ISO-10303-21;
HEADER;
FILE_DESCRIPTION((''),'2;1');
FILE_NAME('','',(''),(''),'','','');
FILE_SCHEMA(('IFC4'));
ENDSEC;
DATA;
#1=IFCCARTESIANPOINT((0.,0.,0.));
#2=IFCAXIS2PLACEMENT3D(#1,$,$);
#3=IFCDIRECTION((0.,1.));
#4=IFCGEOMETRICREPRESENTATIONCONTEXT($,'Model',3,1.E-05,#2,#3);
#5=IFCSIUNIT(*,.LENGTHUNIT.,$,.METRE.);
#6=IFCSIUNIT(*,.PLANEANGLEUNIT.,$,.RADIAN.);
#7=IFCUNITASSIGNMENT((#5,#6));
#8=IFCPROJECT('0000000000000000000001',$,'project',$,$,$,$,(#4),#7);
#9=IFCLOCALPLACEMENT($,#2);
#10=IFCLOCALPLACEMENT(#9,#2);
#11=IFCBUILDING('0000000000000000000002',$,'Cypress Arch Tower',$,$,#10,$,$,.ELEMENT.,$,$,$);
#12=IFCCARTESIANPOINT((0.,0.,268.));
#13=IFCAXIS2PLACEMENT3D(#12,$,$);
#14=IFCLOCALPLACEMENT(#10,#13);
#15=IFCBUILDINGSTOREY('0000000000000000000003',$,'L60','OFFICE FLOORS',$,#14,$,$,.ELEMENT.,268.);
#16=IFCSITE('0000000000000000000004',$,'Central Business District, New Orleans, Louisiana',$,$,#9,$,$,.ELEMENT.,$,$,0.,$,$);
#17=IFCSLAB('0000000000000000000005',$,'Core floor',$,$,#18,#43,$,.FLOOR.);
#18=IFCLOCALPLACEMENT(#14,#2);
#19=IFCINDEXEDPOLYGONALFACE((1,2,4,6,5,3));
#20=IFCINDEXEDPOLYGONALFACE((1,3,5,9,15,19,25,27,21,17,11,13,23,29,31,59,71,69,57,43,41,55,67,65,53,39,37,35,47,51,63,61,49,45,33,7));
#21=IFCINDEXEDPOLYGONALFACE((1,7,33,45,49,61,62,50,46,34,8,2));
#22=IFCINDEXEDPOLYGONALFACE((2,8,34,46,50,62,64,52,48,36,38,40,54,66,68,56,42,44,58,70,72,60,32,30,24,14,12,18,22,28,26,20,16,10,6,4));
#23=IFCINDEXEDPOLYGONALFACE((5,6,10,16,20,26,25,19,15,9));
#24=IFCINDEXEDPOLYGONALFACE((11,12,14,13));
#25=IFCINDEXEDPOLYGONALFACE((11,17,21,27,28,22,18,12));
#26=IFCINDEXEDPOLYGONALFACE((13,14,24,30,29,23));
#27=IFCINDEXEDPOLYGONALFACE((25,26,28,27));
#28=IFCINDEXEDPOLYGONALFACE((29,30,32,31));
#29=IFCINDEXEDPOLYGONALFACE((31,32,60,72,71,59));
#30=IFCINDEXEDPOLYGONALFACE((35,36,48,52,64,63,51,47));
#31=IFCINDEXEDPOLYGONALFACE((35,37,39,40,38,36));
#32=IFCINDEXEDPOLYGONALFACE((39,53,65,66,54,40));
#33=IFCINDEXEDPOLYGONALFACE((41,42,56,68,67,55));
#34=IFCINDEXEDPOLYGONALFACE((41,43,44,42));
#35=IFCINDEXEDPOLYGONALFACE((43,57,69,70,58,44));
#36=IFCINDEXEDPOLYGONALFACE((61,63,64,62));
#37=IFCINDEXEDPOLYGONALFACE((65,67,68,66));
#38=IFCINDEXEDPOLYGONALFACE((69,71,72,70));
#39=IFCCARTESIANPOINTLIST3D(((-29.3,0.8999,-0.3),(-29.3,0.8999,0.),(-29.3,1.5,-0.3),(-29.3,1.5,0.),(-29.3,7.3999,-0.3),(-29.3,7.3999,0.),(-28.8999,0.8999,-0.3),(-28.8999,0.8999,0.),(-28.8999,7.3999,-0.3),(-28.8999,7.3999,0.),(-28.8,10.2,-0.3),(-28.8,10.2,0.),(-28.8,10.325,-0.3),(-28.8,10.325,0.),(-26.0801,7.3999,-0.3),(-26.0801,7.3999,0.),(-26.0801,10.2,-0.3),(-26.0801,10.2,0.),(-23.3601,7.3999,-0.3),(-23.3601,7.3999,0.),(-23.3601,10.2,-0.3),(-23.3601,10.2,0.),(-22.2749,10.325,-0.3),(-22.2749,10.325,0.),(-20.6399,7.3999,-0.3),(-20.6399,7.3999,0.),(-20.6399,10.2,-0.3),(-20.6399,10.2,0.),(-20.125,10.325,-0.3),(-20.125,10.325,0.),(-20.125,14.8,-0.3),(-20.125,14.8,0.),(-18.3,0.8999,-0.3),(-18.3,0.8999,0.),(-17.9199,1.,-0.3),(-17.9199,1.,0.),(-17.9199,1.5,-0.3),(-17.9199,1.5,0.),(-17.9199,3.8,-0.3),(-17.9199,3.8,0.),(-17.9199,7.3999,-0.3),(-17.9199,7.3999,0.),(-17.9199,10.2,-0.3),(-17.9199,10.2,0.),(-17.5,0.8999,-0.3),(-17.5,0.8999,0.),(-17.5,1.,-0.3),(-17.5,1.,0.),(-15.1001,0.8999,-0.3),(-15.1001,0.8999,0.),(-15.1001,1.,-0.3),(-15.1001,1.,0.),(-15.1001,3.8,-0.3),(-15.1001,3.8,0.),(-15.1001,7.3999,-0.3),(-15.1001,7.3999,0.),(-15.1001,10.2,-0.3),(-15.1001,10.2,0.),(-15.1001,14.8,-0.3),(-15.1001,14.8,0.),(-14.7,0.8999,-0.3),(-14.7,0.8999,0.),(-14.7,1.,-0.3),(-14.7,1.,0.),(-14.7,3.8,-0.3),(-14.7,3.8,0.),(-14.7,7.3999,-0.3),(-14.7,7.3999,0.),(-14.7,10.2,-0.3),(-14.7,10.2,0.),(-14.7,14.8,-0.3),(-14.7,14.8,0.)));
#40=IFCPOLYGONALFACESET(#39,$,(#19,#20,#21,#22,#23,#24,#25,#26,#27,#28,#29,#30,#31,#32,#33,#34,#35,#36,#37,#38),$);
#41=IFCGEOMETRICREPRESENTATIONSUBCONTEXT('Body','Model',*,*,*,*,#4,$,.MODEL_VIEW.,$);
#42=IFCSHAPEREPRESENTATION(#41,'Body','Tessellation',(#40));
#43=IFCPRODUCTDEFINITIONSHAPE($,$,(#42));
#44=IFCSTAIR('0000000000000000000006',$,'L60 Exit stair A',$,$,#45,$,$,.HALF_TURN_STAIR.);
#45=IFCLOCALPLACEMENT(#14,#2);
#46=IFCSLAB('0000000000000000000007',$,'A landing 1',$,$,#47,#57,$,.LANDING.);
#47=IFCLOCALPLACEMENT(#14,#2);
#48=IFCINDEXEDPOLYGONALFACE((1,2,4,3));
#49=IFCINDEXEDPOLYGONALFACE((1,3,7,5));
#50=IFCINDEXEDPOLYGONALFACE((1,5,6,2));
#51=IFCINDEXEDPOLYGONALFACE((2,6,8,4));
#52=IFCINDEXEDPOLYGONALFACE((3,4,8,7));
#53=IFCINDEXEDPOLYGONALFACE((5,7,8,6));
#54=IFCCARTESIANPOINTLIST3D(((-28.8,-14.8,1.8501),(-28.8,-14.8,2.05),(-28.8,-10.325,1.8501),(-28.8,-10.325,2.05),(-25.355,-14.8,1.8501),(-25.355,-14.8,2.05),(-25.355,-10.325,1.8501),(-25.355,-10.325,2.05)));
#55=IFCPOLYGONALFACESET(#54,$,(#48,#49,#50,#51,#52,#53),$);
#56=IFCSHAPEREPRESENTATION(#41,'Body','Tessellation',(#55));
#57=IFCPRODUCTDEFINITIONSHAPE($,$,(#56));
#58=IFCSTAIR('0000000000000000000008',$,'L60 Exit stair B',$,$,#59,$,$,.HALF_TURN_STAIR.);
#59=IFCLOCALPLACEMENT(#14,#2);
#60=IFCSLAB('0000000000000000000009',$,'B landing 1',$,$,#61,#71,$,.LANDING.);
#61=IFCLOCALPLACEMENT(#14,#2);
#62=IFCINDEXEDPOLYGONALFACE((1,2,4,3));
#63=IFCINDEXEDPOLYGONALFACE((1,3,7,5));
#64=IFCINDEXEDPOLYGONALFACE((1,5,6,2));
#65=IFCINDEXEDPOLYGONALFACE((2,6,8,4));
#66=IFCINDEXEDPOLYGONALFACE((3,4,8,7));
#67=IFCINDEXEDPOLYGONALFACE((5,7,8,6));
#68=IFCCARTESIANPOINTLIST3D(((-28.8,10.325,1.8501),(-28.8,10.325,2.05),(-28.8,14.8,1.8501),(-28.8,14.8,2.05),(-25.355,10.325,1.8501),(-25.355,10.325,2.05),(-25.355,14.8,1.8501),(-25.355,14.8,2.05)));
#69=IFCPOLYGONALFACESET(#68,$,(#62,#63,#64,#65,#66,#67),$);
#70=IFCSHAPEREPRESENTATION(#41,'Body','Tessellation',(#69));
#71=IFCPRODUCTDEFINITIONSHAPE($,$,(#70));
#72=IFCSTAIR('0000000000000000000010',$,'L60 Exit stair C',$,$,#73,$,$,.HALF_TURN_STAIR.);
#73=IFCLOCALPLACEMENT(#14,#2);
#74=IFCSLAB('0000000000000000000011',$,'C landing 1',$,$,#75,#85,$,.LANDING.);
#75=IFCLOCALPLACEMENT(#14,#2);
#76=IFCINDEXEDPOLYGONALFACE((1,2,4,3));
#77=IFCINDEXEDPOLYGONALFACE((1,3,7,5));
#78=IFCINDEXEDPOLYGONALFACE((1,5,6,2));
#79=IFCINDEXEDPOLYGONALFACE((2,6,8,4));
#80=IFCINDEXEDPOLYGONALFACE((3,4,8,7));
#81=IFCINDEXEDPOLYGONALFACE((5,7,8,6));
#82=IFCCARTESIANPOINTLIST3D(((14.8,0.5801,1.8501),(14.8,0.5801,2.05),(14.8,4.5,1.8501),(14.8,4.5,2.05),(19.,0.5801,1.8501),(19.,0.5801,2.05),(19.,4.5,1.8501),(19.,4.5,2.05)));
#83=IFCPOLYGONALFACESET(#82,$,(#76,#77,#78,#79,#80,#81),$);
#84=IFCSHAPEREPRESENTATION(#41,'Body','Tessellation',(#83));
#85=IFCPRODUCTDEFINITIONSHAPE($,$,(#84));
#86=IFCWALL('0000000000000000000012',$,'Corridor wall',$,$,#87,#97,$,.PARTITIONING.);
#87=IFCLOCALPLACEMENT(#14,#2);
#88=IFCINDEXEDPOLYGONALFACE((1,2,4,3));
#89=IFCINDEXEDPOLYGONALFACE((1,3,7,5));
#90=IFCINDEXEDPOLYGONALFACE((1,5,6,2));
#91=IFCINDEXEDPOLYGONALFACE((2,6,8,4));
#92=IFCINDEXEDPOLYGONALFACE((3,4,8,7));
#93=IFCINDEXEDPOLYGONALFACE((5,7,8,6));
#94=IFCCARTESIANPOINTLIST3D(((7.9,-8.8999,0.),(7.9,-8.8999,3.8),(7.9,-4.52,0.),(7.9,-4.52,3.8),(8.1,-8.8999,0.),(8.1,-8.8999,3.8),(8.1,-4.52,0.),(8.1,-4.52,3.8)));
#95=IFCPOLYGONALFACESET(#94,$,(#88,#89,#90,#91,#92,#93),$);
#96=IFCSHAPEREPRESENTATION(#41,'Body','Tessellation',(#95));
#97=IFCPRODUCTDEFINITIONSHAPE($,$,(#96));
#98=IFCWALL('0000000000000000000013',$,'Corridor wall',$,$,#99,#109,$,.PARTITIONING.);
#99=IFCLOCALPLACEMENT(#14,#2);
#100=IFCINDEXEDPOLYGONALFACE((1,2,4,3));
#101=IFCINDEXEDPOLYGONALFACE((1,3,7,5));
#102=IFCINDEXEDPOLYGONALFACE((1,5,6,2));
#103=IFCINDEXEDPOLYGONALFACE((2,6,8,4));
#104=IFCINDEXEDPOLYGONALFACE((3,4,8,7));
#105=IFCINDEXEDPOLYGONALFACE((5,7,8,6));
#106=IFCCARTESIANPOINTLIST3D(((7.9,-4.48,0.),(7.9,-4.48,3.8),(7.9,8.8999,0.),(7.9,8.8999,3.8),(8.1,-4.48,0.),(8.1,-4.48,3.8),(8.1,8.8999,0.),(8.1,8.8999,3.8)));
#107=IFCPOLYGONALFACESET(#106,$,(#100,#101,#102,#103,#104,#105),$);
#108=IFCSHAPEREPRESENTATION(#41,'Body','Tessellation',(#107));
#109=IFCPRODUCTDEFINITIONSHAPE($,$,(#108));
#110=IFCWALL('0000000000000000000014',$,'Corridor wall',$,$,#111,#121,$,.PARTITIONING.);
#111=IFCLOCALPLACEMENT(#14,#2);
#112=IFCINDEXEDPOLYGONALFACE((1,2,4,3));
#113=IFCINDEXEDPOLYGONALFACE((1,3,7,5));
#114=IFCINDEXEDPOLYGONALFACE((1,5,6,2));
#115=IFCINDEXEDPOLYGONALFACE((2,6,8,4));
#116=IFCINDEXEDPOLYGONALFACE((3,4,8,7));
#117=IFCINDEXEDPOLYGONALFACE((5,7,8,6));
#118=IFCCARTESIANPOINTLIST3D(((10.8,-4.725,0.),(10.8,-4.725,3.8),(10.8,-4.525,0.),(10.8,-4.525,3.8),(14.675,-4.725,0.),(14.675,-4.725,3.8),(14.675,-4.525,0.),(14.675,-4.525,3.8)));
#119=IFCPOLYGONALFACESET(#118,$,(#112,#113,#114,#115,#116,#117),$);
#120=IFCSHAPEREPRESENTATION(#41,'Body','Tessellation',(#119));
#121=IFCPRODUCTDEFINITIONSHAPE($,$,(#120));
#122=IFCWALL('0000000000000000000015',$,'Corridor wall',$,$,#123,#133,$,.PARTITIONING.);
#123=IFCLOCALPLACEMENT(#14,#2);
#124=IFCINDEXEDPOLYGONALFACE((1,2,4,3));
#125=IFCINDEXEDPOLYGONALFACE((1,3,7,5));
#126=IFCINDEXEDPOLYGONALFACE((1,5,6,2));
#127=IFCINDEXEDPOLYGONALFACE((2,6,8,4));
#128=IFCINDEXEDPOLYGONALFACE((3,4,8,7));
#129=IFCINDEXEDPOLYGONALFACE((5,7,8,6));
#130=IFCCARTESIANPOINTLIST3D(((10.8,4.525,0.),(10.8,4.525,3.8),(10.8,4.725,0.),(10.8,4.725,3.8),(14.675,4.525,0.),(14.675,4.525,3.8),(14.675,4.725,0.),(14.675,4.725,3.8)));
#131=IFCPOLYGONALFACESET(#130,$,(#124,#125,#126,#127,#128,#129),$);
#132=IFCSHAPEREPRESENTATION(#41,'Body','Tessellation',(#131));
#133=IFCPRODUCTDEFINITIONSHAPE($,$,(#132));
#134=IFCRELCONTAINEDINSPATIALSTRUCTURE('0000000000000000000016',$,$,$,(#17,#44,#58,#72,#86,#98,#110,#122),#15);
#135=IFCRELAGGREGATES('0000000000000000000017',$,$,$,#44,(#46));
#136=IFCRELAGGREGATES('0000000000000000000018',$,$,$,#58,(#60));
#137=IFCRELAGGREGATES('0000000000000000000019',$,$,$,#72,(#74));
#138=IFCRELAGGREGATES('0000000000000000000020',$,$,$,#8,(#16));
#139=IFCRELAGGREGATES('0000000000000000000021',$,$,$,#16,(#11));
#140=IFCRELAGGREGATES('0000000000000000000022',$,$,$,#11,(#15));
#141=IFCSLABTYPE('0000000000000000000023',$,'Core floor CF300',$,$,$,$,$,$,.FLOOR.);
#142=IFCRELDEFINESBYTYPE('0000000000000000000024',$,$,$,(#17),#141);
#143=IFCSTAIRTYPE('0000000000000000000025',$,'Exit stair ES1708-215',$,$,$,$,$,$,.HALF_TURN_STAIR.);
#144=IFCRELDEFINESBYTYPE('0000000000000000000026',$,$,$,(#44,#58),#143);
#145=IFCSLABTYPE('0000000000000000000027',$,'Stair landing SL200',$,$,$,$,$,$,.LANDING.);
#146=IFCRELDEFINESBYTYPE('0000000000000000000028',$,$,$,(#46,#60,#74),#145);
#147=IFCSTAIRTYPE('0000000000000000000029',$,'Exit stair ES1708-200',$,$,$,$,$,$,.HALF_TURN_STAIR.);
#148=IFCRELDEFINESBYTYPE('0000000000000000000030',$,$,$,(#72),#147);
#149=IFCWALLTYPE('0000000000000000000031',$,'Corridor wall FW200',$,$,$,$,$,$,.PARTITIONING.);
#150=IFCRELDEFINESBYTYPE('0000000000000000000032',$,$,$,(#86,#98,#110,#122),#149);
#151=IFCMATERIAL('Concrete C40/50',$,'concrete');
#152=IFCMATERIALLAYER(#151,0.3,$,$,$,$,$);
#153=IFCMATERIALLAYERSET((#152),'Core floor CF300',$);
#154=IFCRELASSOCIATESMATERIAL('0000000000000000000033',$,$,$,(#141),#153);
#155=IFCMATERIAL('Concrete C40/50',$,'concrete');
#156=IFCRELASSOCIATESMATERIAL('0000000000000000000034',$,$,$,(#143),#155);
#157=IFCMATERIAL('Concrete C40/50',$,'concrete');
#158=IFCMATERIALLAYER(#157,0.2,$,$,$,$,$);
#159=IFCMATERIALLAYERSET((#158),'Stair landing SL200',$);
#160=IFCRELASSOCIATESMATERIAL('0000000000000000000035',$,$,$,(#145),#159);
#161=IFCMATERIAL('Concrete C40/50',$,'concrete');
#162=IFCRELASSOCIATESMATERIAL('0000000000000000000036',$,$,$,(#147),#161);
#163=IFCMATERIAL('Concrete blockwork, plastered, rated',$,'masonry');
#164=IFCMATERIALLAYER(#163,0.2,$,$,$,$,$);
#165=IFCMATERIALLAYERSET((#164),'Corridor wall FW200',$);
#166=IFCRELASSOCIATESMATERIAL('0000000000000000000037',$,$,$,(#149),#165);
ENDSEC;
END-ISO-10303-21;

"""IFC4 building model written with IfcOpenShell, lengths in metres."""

from ifc_helpers import new_model, si_unit, direction, frame, frame_2d, origin, place, context, subcontext, project, spatial, polyline, rectangle, outline, extrude, material, layer, layer_set, type_object, element, aggregate, save


model = new_model("IFC4")

# Units and contexts
model_context = context("Model", 3, precision=1e-05, world=origin(), true_north=direction((0.0, 1.0)))
body_context = subcontext(model_context, "Body", "Model", "MODEL_VIEW")
ifc_project = project(units=[si_unit("LENGTHUNIT", "METRE"), si_unit("PLANEANGLEUNIT", "RADIAN")], contexts=[model_context])

# Site, building, storey
site_placement = place(None, origin())
site = spatial("IfcSite", under=ifc_project, at=site_placement, Name="Central Business District, New Orleans, Louisiana", CompositionType="ELEMENT", RefElevation=0.0)
building_placement = place(site_placement, origin())
building = spatial("IfcBuilding", under=site, at=building_placement, Name="Cypress Arch Tower", CompositionType="ELEMENT")
storey_placement = place(building_placement, frame((0.0, 0.0, 268.0)))
storey = spatial("IfcBuildingStorey", under=building, at=storey_placement, Name="L60", Description="OFFICE FLOORS", CompositionType="ELEMENT", Elevation=268.0)

# Slab
ifc_material_1 = material(Name="Concrete C40/50", Category="concrete")
ifc_layer_1 = layer(ifc_material_1, 0.3)
ifc_layer_set_1 = layer_set([ifc_layer_1], Name="Core floor CF300")
slab_type_1 = type_object("IfcSlabType", Name="Core floor CF300", PredefinedType="FLOOR", material=ifc_layer_set_1)
slab_1_placement = place(storey_placement, frame((0.0, 0.0, -0.3)))
element("IfcSlab", 1, at=slab_1_placement, inside=storey, type_object=slab_type_1, Name="Core floor", PredefinedType="FLOOR", context=body_context, shape_type="SweptSolid", body=[
    extrude(outline(polyline([(-20.6399, 10.2), (-23.3601, 10.2), (-26.0801, 10.2), (-28.8, 10.2), (-28.8, 10.325), (-22.2749, 10.325), (-20.125, 10.325), (-20.125, 14.8), (-15.1001, 14.8), (-14.7, 14.8), (-14.7, 10.2), (-15.1001, 10.2), (-17.9199, 10.2), (-17.9199, 7.3999), (-15.1001, 7.3999), (-14.7, 7.3999), (-14.7, 3.8), (-15.1001, 3.8), (-17.9199, 3.8), (-17.9199, 1.5), (-17.9199, 1.0), (-17.5, 1.0), (-15.1001, 1.0), (-14.7, 1.0), (-14.7, 0.8999), (-15.1001, 0.8999), (-17.5, 0.8999), (-18.3, 0.8999), (-28.8999, 0.8999), (-29.3, 0.8999), (-29.3, 1.5), (-29.3, 7.3999), (-28.8999, 7.3999), (-26.0801, 7.3999), (-23.3601, 7.3999), (-20.6399, 7.3999), (-20.6399, 10.2)])), origin(), (0.0, 0.0, 1.0), 0.3),
])

# Stairs, slabs
ifc_material_2 = material(Name="Concrete C40/50", Category="concrete")
stair_type_1 = type_object("IfcStairType", Name="Exit stair ES1708-215", PredefinedType="HALF_TURN_STAIR", material=ifc_material_2)
stair_1_placement = place(storey_placement, origin())
stair_1 = element("IfcStair", 2, at=stair_1_placement, inside=storey, type_object=stair_type_1, Name="L60 Exit stair A", PredefinedType="HALF_TURN_STAIR")
ifc_material_3 = material(Name="Concrete C40/50", Category="concrete")
ifc_layer_2 = layer(ifc_material_3, 0.2)
ifc_layer_set_2 = layer_set([ifc_layer_2], Name="Stair landing SL200")
slab_type_2 = type_object("IfcSlabType", Name="Stair landing SL200", PredefinedType="LANDING", material=ifc_layer_set_2)
slab_2_placement = place(storey_placement, frame((0.0, 0.0, 1.8501)))
slab_2 = element("IfcSlab", 3, at=slab_2_placement, type_object=slab_type_2, Name="A landing 1", PredefinedType="LANDING", context=body_context, shape_type="SweptSolid", body=[
    extrude(outline(polyline([(-25.355, -10.325), (-28.8, -10.325), (-28.8, -14.8), (-25.355, -14.8), (-25.355, -10.325)])), origin(), (0.0, 0.0, 1.0), 0.2),
])
aggregate(stair_1, [slab_2])
stair_2_placement = place(storey_placement, origin())
stair_2 = element("IfcStair", 4, at=stair_2_placement, inside=storey, type_object=stair_type_1, Name="L60 Exit stair B", PredefinedType="HALF_TURN_STAIR")
slab_3_placement = place(storey_placement, frame((0.0, 0.0, 1.8501)))
slab_3 = element("IfcSlab", 5, at=slab_3_placement, type_object=slab_type_2, Name="B landing 1", PredefinedType="LANDING", context=body_context, shape_type="SweptSolid", body=[
    extrude(outline(polyline([(-25.355, 14.8), (-28.8, 14.8), (-28.8, 10.325), (-25.355, 10.325), (-25.355, 14.8)])), origin(), (0.0, 0.0, 1.0), 0.2),
])
aggregate(stair_2, [slab_3])
ifc_material_4 = material(Name="Concrete C40/50", Category="concrete")
stair_type_2 = type_object("IfcStairType", Name="Exit stair ES1708-200", PredefinedType="HALF_TURN_STAIR", material=ifc_material_4)
stair_3_placement = place(storey_placement, origin())
stair_3 = element("IfcStair", 6, at=stair_3_placement, inside=storey, type_object=stair_type_2, Name="L60 Exit stair C", PredefinedType="HALF_TURN_STAIR")
slab_4_placement = place(storey_placement, frame((0.0, 0.0, 1.8501)))
slab_4 = element("IfcSlab", 7, at=slab_4_placement, type_object=slab_type_2, Name="C landing 1", PredefinedType="LANDING", context=body_context, shape_type="SweptSolid", body=[
    extrude(outline(polyline([(19.0, 0.5801), (19.0, 4.5), (14.8, 4.5), (14.8, 0.5801), (19.0, 0.5801)])), origin(), (0.0, 0.0, 1.0), 0.2),
])
aggregate(stair_3, [slab_4])

# Walls
ifc_material_5 = material(Name="Concrete blockwork, plastered, rated", Category="masonry")
ifc_layer_3 = layer(ifc_material_5, 0.2)
ifc_layer_set_3 = layer_set([ifc_layer_3], Name="Corridor wall FW200")
wall_type = type_object("IfcWallType", Name="Corridor wall FW200", PredefinedType="PARTITIONING", material=ifc_layer_set_3)
wall_1_placement = place(storey_placement, frame((8.0, -8.8999, 0.0), z_axis=(0.0, 0.0, 1.0), x_axis=(0.0, 1.0, 0.0)))
element("IfcWall", 8, at=wall_1_placement, inside=storey, type_object=wall_type, Name="Corridor wall", PredefinedType="PARTITIONING", context=body_context, shape_type="SweptSolid", body=[
    extrude(rectangle(XDim=4.3799, YDim=0.2, at=frame_2d((2.1899, 0.0))), origin(), (0.0, 0.0, 1.0), 3.8),
])
wall_2_placement = place(storey_placement, frame((8.0, -4.48, 0.0), z_axis=(0.0, 0.0, 1.0), x_axis=(0.0, 1.0, 0.0)))
element("IfcWall", 9, at=wall_2_placement, inside=storey, type_object=wall_type, Name="Corridor wall", PredefinedType="PARTITIONING", context=body_context, shape_type="SweptSolid", body=[
    extrude(rectangle(XDim=13.3799, YDim=0.2, at=frame_2d((6.6899, 0.0))), origin(), (0.0, 0.0, 1.0), 3.8),
])
for number, where, z_axis, x_axis, name in (
    (10, (10.8, -4.625, 0.0), (0.0, 0.0, 1.0), (1.0, 0.0, 0.0), "Corridor wall"),
    (11, (10.8, 4.625, 0.0), (0.0, 0.0, 1.0), (1.0, 0.0, 0.0), "Corridor wall"),
):
    element("IfcWall", number, at=place(storey_placement, frame(where, z_axis=z_axis, x_axis=x_axis)), inside=storey, type_object=wall_type, Name=name, PredefinedType="PARTITIONING", context=body_context, shape_type="SweptSolid", body=[
        extrude(rectangle(XDim=3.875, YDim=0.2, at=frame_2d((1.9375, 0.0))), origin(), (0.0, 0.0, 1.0), 3.8),
    ])

save(model, "model.ifc")
